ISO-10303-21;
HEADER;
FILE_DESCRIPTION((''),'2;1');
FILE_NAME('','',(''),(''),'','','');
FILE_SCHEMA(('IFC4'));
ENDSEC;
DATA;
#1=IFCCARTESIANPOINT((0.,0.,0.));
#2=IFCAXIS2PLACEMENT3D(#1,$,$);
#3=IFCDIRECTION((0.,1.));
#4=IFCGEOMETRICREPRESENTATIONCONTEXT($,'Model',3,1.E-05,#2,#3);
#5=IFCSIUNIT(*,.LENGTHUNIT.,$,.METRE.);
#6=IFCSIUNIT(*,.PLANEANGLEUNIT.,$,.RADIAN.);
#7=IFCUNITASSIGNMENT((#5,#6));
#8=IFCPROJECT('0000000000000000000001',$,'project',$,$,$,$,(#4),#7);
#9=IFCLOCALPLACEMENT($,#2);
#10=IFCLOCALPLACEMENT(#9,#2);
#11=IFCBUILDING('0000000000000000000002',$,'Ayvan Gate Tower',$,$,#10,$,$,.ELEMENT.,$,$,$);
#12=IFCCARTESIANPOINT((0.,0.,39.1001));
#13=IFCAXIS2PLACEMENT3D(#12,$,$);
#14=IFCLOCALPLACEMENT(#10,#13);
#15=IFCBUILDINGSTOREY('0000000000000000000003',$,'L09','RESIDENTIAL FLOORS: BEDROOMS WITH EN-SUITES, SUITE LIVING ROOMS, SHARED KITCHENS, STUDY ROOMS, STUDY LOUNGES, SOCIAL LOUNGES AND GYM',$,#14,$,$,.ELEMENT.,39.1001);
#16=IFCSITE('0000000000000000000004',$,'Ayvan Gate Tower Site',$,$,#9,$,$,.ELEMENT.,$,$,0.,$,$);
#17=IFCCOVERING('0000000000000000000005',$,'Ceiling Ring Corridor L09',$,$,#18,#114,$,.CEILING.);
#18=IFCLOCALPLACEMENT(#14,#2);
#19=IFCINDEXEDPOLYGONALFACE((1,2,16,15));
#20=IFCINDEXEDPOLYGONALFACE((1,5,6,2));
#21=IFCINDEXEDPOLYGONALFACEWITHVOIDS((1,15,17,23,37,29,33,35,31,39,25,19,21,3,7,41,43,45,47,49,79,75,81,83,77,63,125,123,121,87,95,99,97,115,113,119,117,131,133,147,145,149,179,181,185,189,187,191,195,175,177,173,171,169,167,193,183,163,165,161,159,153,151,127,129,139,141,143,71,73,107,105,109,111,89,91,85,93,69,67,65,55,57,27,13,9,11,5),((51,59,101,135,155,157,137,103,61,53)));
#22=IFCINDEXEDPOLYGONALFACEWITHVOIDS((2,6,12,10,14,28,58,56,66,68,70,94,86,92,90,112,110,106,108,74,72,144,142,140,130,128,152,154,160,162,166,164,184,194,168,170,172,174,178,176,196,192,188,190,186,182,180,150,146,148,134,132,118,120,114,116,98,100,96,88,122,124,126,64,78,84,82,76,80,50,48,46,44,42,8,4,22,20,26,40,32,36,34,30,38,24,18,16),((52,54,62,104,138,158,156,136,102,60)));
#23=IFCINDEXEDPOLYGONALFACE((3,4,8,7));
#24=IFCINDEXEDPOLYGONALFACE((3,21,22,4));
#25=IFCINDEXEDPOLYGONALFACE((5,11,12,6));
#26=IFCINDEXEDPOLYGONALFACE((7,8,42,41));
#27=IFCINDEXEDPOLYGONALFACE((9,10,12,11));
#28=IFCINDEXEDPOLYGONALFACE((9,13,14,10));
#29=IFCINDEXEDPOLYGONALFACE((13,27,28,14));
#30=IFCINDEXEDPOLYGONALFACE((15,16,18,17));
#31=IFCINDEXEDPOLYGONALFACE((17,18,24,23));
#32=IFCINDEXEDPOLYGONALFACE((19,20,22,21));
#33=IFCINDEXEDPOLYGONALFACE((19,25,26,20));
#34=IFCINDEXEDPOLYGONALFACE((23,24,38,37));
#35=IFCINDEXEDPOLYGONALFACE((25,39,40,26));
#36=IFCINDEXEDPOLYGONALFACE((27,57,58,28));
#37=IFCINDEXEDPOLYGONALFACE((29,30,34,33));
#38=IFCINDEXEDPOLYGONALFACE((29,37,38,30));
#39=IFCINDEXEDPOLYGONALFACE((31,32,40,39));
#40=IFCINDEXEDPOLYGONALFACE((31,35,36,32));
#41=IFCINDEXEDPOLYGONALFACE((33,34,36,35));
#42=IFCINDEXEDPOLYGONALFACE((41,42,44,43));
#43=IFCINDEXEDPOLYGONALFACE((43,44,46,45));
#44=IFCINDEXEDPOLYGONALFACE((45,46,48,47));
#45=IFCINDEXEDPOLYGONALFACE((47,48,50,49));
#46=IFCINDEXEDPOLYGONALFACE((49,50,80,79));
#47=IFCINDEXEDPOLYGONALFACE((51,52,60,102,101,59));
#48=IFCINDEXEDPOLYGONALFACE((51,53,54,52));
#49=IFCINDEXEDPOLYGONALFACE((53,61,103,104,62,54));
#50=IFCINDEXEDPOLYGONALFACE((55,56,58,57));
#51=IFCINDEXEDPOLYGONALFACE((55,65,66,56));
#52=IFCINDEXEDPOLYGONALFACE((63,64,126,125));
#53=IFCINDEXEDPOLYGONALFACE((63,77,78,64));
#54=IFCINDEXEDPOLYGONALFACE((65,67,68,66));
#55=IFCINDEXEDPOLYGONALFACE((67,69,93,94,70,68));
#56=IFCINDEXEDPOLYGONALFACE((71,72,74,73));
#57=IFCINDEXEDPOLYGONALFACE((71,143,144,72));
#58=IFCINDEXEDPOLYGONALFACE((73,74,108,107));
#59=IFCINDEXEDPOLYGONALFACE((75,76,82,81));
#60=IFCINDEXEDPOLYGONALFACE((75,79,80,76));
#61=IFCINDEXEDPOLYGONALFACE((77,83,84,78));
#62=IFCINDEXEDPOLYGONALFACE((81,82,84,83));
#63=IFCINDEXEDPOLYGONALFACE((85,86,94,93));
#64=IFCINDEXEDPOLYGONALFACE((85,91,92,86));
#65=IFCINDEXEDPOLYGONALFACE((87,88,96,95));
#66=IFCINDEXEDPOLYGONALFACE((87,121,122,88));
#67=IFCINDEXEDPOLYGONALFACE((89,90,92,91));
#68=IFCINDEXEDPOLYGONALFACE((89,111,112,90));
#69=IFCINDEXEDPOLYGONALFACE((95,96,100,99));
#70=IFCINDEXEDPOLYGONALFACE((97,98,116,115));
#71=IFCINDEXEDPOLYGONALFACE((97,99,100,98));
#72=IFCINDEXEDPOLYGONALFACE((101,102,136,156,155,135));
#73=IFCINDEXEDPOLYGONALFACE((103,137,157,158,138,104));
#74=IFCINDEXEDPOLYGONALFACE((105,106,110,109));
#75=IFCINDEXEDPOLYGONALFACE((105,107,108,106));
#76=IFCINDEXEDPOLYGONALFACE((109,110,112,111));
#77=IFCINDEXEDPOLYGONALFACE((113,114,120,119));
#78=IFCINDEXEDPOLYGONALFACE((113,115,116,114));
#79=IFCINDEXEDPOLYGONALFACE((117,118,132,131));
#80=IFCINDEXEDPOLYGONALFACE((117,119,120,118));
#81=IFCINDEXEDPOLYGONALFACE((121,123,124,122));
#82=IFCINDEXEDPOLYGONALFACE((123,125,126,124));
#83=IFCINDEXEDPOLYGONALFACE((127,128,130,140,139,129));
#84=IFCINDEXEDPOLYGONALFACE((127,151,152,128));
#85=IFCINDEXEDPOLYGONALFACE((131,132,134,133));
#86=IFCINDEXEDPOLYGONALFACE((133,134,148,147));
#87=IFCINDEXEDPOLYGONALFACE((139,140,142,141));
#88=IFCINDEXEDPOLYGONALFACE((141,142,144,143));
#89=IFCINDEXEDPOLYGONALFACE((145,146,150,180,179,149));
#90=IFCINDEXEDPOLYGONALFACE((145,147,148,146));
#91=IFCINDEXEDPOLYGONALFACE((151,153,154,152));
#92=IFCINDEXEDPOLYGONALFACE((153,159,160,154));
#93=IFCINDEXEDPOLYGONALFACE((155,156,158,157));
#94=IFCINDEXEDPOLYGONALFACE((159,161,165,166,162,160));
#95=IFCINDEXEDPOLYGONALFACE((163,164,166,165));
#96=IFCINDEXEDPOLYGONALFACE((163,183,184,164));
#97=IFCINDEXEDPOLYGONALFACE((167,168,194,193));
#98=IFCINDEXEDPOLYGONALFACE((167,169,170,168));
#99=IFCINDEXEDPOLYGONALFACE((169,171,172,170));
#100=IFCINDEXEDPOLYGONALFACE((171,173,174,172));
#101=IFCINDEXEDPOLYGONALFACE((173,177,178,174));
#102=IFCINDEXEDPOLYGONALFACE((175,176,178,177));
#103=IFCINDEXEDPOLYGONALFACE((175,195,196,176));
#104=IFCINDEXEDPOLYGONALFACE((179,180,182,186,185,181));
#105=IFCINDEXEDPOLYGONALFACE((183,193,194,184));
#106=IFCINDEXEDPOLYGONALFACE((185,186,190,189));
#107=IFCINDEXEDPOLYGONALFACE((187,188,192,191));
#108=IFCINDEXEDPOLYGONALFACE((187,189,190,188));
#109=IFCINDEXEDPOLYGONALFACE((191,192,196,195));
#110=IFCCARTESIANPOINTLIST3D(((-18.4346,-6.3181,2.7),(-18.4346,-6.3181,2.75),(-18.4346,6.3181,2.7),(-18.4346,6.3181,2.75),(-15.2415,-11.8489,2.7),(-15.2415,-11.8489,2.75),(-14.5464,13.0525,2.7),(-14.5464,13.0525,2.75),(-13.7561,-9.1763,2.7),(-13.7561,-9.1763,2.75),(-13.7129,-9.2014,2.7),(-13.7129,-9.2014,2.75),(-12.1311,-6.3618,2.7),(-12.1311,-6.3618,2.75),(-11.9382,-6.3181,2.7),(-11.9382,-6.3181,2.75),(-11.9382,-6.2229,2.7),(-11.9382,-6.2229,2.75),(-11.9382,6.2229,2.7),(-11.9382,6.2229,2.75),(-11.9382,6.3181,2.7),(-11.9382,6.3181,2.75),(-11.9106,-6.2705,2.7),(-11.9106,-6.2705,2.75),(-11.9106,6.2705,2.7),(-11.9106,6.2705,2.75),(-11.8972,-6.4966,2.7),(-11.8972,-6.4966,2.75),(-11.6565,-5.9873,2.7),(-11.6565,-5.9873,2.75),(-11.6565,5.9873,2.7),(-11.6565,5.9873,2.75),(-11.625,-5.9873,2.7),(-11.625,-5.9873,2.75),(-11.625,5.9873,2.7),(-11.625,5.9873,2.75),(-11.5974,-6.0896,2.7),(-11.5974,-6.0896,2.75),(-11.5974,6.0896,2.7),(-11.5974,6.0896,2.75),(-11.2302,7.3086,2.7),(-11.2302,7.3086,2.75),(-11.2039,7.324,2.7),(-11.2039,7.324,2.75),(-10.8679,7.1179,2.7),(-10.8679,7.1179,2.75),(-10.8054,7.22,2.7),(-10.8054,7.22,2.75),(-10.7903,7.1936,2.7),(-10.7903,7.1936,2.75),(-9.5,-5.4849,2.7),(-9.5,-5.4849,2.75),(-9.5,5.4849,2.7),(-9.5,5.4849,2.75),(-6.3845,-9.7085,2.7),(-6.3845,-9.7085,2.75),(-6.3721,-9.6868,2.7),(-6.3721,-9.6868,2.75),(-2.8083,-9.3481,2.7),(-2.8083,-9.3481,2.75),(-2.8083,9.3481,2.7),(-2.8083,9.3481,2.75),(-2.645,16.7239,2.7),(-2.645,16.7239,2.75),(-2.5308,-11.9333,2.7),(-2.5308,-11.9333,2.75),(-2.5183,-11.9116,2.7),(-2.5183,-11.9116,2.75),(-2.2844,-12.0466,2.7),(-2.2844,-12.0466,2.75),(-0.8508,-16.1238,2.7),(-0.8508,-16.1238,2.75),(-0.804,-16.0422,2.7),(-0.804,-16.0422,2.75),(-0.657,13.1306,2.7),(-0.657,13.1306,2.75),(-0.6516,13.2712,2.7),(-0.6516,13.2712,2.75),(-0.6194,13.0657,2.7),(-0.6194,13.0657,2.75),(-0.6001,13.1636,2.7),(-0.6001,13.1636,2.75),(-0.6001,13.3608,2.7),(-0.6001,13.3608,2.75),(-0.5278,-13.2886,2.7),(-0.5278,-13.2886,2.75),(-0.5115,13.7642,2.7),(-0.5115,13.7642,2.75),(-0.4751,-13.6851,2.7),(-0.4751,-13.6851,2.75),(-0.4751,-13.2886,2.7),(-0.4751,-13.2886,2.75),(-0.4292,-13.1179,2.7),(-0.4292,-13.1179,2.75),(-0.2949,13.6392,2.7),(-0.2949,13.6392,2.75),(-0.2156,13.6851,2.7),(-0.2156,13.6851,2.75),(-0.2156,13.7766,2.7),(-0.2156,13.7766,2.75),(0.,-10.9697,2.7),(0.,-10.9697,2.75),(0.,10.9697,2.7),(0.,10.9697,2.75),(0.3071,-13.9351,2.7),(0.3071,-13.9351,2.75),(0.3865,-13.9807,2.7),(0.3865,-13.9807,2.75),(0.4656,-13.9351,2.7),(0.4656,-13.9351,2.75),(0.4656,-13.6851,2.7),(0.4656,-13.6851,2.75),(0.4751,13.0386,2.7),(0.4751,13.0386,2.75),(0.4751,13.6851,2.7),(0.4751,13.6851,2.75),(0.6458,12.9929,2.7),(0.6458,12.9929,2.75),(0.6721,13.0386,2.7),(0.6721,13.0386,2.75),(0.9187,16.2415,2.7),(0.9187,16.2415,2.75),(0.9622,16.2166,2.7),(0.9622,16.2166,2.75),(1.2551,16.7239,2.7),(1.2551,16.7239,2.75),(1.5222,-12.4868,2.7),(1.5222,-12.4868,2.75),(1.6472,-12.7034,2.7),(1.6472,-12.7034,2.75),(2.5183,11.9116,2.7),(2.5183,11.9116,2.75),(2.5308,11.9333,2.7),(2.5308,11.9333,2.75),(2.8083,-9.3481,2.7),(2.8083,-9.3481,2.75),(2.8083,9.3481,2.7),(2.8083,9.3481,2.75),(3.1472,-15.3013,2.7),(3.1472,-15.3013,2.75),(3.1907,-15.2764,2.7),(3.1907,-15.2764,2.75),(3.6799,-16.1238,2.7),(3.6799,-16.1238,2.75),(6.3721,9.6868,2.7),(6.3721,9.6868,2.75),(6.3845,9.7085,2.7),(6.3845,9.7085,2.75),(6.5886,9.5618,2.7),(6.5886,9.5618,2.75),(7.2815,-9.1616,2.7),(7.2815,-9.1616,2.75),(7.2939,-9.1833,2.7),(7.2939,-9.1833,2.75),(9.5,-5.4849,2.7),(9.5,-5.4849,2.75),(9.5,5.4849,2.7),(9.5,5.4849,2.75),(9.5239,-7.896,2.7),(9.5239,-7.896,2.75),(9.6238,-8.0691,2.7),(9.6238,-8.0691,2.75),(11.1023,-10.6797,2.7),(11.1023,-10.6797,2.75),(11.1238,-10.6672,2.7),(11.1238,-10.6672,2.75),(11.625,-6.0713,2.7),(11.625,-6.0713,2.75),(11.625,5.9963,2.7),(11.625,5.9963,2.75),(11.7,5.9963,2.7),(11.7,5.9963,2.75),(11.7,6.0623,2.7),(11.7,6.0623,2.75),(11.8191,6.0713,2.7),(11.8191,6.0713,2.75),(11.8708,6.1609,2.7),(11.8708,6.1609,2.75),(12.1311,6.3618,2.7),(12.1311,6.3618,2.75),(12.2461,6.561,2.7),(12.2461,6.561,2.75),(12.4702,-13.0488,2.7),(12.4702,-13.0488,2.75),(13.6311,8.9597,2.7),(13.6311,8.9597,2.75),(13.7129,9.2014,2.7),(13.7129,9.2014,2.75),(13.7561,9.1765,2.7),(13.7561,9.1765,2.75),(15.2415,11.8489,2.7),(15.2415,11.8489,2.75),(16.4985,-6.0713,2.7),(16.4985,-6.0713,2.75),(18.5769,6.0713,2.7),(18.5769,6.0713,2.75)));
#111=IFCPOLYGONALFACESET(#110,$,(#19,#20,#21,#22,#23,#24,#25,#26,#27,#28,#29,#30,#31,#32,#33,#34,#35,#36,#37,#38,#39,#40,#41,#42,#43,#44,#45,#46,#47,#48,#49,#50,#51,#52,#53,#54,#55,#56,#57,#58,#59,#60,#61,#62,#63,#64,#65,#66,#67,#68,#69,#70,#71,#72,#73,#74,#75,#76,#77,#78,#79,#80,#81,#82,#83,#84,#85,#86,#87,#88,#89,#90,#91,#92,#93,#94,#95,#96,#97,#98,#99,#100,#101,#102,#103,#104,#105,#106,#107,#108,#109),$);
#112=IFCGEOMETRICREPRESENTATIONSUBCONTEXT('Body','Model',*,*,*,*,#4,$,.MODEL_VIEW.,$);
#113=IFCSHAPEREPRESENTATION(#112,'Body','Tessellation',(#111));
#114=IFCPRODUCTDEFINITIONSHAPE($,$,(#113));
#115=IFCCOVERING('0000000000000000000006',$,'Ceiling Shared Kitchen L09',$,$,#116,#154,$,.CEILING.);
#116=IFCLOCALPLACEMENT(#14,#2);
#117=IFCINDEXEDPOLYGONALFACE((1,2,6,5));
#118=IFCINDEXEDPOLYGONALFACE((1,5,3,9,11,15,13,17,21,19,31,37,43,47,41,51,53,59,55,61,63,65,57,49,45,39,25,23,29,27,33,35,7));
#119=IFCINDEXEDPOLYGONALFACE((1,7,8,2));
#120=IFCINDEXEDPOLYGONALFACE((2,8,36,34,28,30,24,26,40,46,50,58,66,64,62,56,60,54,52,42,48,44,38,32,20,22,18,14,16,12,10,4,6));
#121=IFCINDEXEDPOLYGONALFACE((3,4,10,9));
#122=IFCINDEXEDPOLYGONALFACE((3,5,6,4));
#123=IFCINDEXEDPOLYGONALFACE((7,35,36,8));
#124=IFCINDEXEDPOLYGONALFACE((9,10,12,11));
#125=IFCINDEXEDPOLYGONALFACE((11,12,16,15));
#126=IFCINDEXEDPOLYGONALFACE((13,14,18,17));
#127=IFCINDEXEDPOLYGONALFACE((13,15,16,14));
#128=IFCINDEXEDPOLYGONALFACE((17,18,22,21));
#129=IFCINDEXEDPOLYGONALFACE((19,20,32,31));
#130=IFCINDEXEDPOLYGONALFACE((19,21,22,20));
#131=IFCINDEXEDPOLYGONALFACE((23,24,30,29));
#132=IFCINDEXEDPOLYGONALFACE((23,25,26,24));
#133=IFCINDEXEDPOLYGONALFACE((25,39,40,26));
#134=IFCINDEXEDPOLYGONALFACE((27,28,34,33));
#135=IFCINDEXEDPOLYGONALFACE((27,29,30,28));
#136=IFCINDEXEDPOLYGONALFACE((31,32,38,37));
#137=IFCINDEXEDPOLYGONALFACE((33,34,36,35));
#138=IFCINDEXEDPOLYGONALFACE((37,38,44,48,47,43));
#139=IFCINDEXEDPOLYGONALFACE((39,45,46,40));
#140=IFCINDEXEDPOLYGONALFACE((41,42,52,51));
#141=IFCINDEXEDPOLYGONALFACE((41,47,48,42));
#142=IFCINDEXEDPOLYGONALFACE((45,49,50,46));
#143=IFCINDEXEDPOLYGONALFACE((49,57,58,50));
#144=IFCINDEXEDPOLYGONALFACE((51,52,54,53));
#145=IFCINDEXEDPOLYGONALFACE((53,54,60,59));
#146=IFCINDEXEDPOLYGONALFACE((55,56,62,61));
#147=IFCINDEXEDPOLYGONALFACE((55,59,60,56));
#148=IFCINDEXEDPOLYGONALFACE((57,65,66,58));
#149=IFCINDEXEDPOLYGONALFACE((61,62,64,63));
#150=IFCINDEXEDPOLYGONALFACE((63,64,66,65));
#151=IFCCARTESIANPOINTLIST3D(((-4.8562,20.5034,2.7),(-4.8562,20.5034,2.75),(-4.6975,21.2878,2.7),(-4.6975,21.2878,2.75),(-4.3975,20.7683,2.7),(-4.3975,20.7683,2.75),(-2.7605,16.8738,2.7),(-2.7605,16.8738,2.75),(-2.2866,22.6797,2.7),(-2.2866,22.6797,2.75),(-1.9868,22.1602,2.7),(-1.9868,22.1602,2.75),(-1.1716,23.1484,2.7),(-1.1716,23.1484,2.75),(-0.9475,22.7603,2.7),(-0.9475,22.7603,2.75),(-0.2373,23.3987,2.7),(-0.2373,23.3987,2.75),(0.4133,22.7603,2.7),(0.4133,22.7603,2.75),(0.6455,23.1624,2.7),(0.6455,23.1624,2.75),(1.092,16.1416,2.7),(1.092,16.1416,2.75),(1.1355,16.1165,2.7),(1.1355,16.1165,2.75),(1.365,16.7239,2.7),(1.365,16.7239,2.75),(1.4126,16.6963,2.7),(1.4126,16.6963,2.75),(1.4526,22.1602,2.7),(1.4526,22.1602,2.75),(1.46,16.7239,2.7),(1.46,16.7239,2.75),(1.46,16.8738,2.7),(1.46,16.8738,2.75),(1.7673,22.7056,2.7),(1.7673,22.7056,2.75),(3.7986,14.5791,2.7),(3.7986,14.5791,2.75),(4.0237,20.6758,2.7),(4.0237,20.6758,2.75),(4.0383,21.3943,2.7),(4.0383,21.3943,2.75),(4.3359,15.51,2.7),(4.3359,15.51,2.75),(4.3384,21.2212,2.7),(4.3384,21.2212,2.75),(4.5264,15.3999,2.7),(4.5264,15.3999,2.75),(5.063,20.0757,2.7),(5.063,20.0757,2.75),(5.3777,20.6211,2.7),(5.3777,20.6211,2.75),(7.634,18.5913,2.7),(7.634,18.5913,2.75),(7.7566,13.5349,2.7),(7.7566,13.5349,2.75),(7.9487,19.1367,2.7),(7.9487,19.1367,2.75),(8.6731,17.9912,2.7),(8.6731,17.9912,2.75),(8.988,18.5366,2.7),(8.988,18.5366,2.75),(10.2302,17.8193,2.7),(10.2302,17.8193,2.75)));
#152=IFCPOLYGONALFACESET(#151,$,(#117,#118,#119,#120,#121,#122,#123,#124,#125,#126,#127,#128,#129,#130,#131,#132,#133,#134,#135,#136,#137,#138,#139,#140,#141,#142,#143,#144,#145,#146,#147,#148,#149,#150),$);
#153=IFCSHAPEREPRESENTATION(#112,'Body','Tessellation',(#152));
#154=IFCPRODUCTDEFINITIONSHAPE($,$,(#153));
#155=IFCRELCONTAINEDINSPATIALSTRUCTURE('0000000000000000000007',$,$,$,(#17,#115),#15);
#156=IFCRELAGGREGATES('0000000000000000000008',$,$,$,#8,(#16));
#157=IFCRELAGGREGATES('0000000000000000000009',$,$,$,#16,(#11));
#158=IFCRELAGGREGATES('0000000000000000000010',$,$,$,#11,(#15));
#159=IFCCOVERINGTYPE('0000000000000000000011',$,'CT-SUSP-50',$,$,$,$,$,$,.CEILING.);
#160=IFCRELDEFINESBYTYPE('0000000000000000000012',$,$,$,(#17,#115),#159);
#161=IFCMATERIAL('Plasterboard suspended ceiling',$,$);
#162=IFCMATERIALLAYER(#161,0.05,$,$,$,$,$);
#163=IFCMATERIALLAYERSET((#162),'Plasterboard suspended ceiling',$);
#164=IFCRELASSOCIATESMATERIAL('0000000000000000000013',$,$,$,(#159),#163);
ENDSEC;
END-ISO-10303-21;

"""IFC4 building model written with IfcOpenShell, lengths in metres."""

from ifc_helpers import new_model, si_unit, direction, frame, origin, place, context, subcontext, project, spatial, polyline, outline, extrude, material, layer, layer_set, type_object, element, save


model = new_model("IFC4")

# Units and contexts
model_context = context("Model", 3, precision=1e-05, world=origin(), true_north=direction((0.0, 1.0)))
body_context = subcontext(model_context, "Body", "Model", "MODEL_VIEW")
ifc_project = project(units=[si_unit("LENGTHUNIT", "METRE"), si_unit("PLANEANGLEUNIT", "RADIAN")], contexts=[model_context])

# Site, building, storey
site_placement = place(None, origin())
site = spatial("IfcSite", under=ifc_project, at=site_placement, Name="Ayvan Gate Tower Site", CompositionType="ELEMENT", RefElevation=0.0)
building_placement = place(site_placement, origin())
building = spatial("IfcBuilding", under=site, at=building_placement, Name="Ayvan Gate Tower", CompositionType="ELEMENT")
storey_placement = place(building_placement, frame((0.0, 0.0, 39.1001)))
storey = spatial("IfcBuildingStorey", under=building, at=storey_placement, Name="L09", Description="RESIDENTIAL FLOORS: BEDROOMS WITH EN-SUITES, SUITE LIVING ROOMS, SHARED KITCHENS, STUDY ROOMS, STUDY LOUNGES, SOCIAL LOUNGES AND GYM", CompositionType="ELEMENT", Elevation=39.1001)

# Coverings
ifc_material_1 = material(Name="Plasterboard suspended ceiling")
ifc_layer_1 = layer(ifc_material_1, 0.05)
ifc_layer_set_1 = layer_set([ifc_layer_1], Name="Plasterboard suspended ceiling")
covering_type = type_object("IfcCoveringType", Name="CT-SUSP-50", PredefinedType="CEILING", material=ifc_layer_set_1)
covering_1_placement = place(storey_placement, frame((0.0, 0.0, 2.7)))
element("IfcCovering", 1, at=covering_1_placement, inside=storey, type_object=covering_type, Name="Ceiling Ring Corridor L09", PredefinedType="CEILING", context=body_context, shape_type="SweptSolid", body=[
    extrude(outline(polyline([(-11.9382, -6.2229), (-11.9106, -6.2705), (-11.5974, -6.0896), (-11.6565, -5.9873), (-11.625, -5.9873), (-11.625, 5.9873), (-11.6565, 5.9873), (-11.5974, 6.0896), (-11.9106, 6.2705), (-11.9382, 6.2229), (-11.9382, 6.3181), (-18.4346, 6.3181), (-14.5464, 13.0525), (-11.2302, 7.3086), (-11.2039, 7.324), (-10.8679, 7.1179), (-10.8054, 7.22), (-10.7903, 7.1936), (-0.6194, 13.0657), (-0.657, 13.1306), (-0.6001, 13.1636), (-0.6001, 13.3608), (-0.6516, 13.2712), (-2.645, 16.7239), (1.2551, 16.7239), (0.9622, 16.2166), (0.9187, 16.2415), (-0.5115, 13.7642), (-0.2949, 13.6392), (-0.2156, 13.7766), (-0.2156, 13.6851), (0.4751, 13.6851), (0.4751, 13.0386), (0.6721, 13.0386), (0.6458, 12.9929), (2.5183, 11.9116), (2.5308, 11.9333), (6.3845, 9.7085), (6.3721, 9.6868), (6.5886, 9.5618), (12.1311, 6.3618), (12.2461, 6.561), (13.6311, 8.9597), (13.7561, 9.1765), (13.7129, 9.2014), (15.2415, 11.8489), (18.5769, 6.0713), (11.8191, 6.0713), (11.8708, 6.1609), (11.7, 6.0623), (11.7, 5.9963), (11.625, 5.9963), (11.625, -6.0713), (16.4985, -6.0713), (12.4702, -13.0488), (11.1023, -10.6797), (11.1238, -10.6672), (9.6238, -8.0691), (9.5239, -7.896), (7.2939, -9.1833), (7.2815, -9.1616), (1.5222, -12.4868), (1.6472, -12.7034), (3.1472, -15.3013), (3.1907, -15.2764), (3.6799, -16.1238), (-0.8508, -16.1238), (-0.804, -16.0422), (0.3865, -13.9807), (0.3071, -13.9351), (0.4656, -13.9351), (0.4656, -13.6851), (-0.4751, -13.6851), (-0.4751, -13.2886), (-0.5278, -13.2886), (-0.4292, -13.1179), (-2.2844, -12.0466), (-2.5183, -11.9116), (-2.5308, -11.9333), (-6.3845, -9.7085), (-6.3721, -9.6868), (-11.8972, -6.4966), (-12.1311, -6.3618), (-13.7561, -9.1763), (-13.7129, -9.2014), (-15.2415, -11.8489), (-18.4346, -6.3181), (-11.9382, -6.3181), (-11.9382, -6.2229)]), holes=[polyline([(-2.8083, -9.3481), (0.0, -10.9697), (2.8083, -9.3481), (9.5, -5.4849), (9.5, 5.4849), (2.8083, 9.3481), (0.0, 10.9697), (-2.8083, 9.3481), (-9.5, 5.4849), (-9.5, -5.4849), (-2.8083, -9.3481)])]), origin(), (0.0, 0.0, 1.0), 0.05),
])
covering_2_placement = place(storey_placement, frame((0.0, 0.0, 2.7)))
element("IfcCovering", 2, at=covering_2_placement, inside=storey, type_object=covering_type, Name="Ceiling Shared Kitchen L09", PredefinedType="CEILING", context=body_context, shape_type="SweptSolid", body=[
    extrude(outline(polyline([(-4.8562, 20.5034), (-4.3975, 20.7683), (-4.6975, 21.2878), (-2.2866, 22.6797), (-1.9868, 22.1602), (-0.9475, 22.7603), (-1.1716, 23.1484), (-0.2373, 23.3987), (0.6455, 23.1624), (0.4133, 22.7603), (1.4526, 22.1602), (1.7673, 22.7056), (4.0383, 21.3943), (4.3384, 21.2212), (4.0237, 20.6758), (5.063, 20.0757), (5.3777, 20.6211), (7.9487, 19.1367), (7.634, 18.5913), (8.6731, 17.9912), (8.988, 18.5366), (10.2302, 17.8193), (7.7566, 13.5349), (4.5264, 15.3999), (4.3359, 15.51), (3.7986, 14.5791), (1.1355, 16.1165), (1.092, 16.1416), (1.4126, 16.6963), (1.365, 16.7239), (1.46, 16.7239), (1.46, 16.8738), (-2.7605, 16.8738), (-4.8562, 20.5034)])), origin(), (0.0, 0.0, 1.0), 0.05),
])

save(model, "model.ifc")
